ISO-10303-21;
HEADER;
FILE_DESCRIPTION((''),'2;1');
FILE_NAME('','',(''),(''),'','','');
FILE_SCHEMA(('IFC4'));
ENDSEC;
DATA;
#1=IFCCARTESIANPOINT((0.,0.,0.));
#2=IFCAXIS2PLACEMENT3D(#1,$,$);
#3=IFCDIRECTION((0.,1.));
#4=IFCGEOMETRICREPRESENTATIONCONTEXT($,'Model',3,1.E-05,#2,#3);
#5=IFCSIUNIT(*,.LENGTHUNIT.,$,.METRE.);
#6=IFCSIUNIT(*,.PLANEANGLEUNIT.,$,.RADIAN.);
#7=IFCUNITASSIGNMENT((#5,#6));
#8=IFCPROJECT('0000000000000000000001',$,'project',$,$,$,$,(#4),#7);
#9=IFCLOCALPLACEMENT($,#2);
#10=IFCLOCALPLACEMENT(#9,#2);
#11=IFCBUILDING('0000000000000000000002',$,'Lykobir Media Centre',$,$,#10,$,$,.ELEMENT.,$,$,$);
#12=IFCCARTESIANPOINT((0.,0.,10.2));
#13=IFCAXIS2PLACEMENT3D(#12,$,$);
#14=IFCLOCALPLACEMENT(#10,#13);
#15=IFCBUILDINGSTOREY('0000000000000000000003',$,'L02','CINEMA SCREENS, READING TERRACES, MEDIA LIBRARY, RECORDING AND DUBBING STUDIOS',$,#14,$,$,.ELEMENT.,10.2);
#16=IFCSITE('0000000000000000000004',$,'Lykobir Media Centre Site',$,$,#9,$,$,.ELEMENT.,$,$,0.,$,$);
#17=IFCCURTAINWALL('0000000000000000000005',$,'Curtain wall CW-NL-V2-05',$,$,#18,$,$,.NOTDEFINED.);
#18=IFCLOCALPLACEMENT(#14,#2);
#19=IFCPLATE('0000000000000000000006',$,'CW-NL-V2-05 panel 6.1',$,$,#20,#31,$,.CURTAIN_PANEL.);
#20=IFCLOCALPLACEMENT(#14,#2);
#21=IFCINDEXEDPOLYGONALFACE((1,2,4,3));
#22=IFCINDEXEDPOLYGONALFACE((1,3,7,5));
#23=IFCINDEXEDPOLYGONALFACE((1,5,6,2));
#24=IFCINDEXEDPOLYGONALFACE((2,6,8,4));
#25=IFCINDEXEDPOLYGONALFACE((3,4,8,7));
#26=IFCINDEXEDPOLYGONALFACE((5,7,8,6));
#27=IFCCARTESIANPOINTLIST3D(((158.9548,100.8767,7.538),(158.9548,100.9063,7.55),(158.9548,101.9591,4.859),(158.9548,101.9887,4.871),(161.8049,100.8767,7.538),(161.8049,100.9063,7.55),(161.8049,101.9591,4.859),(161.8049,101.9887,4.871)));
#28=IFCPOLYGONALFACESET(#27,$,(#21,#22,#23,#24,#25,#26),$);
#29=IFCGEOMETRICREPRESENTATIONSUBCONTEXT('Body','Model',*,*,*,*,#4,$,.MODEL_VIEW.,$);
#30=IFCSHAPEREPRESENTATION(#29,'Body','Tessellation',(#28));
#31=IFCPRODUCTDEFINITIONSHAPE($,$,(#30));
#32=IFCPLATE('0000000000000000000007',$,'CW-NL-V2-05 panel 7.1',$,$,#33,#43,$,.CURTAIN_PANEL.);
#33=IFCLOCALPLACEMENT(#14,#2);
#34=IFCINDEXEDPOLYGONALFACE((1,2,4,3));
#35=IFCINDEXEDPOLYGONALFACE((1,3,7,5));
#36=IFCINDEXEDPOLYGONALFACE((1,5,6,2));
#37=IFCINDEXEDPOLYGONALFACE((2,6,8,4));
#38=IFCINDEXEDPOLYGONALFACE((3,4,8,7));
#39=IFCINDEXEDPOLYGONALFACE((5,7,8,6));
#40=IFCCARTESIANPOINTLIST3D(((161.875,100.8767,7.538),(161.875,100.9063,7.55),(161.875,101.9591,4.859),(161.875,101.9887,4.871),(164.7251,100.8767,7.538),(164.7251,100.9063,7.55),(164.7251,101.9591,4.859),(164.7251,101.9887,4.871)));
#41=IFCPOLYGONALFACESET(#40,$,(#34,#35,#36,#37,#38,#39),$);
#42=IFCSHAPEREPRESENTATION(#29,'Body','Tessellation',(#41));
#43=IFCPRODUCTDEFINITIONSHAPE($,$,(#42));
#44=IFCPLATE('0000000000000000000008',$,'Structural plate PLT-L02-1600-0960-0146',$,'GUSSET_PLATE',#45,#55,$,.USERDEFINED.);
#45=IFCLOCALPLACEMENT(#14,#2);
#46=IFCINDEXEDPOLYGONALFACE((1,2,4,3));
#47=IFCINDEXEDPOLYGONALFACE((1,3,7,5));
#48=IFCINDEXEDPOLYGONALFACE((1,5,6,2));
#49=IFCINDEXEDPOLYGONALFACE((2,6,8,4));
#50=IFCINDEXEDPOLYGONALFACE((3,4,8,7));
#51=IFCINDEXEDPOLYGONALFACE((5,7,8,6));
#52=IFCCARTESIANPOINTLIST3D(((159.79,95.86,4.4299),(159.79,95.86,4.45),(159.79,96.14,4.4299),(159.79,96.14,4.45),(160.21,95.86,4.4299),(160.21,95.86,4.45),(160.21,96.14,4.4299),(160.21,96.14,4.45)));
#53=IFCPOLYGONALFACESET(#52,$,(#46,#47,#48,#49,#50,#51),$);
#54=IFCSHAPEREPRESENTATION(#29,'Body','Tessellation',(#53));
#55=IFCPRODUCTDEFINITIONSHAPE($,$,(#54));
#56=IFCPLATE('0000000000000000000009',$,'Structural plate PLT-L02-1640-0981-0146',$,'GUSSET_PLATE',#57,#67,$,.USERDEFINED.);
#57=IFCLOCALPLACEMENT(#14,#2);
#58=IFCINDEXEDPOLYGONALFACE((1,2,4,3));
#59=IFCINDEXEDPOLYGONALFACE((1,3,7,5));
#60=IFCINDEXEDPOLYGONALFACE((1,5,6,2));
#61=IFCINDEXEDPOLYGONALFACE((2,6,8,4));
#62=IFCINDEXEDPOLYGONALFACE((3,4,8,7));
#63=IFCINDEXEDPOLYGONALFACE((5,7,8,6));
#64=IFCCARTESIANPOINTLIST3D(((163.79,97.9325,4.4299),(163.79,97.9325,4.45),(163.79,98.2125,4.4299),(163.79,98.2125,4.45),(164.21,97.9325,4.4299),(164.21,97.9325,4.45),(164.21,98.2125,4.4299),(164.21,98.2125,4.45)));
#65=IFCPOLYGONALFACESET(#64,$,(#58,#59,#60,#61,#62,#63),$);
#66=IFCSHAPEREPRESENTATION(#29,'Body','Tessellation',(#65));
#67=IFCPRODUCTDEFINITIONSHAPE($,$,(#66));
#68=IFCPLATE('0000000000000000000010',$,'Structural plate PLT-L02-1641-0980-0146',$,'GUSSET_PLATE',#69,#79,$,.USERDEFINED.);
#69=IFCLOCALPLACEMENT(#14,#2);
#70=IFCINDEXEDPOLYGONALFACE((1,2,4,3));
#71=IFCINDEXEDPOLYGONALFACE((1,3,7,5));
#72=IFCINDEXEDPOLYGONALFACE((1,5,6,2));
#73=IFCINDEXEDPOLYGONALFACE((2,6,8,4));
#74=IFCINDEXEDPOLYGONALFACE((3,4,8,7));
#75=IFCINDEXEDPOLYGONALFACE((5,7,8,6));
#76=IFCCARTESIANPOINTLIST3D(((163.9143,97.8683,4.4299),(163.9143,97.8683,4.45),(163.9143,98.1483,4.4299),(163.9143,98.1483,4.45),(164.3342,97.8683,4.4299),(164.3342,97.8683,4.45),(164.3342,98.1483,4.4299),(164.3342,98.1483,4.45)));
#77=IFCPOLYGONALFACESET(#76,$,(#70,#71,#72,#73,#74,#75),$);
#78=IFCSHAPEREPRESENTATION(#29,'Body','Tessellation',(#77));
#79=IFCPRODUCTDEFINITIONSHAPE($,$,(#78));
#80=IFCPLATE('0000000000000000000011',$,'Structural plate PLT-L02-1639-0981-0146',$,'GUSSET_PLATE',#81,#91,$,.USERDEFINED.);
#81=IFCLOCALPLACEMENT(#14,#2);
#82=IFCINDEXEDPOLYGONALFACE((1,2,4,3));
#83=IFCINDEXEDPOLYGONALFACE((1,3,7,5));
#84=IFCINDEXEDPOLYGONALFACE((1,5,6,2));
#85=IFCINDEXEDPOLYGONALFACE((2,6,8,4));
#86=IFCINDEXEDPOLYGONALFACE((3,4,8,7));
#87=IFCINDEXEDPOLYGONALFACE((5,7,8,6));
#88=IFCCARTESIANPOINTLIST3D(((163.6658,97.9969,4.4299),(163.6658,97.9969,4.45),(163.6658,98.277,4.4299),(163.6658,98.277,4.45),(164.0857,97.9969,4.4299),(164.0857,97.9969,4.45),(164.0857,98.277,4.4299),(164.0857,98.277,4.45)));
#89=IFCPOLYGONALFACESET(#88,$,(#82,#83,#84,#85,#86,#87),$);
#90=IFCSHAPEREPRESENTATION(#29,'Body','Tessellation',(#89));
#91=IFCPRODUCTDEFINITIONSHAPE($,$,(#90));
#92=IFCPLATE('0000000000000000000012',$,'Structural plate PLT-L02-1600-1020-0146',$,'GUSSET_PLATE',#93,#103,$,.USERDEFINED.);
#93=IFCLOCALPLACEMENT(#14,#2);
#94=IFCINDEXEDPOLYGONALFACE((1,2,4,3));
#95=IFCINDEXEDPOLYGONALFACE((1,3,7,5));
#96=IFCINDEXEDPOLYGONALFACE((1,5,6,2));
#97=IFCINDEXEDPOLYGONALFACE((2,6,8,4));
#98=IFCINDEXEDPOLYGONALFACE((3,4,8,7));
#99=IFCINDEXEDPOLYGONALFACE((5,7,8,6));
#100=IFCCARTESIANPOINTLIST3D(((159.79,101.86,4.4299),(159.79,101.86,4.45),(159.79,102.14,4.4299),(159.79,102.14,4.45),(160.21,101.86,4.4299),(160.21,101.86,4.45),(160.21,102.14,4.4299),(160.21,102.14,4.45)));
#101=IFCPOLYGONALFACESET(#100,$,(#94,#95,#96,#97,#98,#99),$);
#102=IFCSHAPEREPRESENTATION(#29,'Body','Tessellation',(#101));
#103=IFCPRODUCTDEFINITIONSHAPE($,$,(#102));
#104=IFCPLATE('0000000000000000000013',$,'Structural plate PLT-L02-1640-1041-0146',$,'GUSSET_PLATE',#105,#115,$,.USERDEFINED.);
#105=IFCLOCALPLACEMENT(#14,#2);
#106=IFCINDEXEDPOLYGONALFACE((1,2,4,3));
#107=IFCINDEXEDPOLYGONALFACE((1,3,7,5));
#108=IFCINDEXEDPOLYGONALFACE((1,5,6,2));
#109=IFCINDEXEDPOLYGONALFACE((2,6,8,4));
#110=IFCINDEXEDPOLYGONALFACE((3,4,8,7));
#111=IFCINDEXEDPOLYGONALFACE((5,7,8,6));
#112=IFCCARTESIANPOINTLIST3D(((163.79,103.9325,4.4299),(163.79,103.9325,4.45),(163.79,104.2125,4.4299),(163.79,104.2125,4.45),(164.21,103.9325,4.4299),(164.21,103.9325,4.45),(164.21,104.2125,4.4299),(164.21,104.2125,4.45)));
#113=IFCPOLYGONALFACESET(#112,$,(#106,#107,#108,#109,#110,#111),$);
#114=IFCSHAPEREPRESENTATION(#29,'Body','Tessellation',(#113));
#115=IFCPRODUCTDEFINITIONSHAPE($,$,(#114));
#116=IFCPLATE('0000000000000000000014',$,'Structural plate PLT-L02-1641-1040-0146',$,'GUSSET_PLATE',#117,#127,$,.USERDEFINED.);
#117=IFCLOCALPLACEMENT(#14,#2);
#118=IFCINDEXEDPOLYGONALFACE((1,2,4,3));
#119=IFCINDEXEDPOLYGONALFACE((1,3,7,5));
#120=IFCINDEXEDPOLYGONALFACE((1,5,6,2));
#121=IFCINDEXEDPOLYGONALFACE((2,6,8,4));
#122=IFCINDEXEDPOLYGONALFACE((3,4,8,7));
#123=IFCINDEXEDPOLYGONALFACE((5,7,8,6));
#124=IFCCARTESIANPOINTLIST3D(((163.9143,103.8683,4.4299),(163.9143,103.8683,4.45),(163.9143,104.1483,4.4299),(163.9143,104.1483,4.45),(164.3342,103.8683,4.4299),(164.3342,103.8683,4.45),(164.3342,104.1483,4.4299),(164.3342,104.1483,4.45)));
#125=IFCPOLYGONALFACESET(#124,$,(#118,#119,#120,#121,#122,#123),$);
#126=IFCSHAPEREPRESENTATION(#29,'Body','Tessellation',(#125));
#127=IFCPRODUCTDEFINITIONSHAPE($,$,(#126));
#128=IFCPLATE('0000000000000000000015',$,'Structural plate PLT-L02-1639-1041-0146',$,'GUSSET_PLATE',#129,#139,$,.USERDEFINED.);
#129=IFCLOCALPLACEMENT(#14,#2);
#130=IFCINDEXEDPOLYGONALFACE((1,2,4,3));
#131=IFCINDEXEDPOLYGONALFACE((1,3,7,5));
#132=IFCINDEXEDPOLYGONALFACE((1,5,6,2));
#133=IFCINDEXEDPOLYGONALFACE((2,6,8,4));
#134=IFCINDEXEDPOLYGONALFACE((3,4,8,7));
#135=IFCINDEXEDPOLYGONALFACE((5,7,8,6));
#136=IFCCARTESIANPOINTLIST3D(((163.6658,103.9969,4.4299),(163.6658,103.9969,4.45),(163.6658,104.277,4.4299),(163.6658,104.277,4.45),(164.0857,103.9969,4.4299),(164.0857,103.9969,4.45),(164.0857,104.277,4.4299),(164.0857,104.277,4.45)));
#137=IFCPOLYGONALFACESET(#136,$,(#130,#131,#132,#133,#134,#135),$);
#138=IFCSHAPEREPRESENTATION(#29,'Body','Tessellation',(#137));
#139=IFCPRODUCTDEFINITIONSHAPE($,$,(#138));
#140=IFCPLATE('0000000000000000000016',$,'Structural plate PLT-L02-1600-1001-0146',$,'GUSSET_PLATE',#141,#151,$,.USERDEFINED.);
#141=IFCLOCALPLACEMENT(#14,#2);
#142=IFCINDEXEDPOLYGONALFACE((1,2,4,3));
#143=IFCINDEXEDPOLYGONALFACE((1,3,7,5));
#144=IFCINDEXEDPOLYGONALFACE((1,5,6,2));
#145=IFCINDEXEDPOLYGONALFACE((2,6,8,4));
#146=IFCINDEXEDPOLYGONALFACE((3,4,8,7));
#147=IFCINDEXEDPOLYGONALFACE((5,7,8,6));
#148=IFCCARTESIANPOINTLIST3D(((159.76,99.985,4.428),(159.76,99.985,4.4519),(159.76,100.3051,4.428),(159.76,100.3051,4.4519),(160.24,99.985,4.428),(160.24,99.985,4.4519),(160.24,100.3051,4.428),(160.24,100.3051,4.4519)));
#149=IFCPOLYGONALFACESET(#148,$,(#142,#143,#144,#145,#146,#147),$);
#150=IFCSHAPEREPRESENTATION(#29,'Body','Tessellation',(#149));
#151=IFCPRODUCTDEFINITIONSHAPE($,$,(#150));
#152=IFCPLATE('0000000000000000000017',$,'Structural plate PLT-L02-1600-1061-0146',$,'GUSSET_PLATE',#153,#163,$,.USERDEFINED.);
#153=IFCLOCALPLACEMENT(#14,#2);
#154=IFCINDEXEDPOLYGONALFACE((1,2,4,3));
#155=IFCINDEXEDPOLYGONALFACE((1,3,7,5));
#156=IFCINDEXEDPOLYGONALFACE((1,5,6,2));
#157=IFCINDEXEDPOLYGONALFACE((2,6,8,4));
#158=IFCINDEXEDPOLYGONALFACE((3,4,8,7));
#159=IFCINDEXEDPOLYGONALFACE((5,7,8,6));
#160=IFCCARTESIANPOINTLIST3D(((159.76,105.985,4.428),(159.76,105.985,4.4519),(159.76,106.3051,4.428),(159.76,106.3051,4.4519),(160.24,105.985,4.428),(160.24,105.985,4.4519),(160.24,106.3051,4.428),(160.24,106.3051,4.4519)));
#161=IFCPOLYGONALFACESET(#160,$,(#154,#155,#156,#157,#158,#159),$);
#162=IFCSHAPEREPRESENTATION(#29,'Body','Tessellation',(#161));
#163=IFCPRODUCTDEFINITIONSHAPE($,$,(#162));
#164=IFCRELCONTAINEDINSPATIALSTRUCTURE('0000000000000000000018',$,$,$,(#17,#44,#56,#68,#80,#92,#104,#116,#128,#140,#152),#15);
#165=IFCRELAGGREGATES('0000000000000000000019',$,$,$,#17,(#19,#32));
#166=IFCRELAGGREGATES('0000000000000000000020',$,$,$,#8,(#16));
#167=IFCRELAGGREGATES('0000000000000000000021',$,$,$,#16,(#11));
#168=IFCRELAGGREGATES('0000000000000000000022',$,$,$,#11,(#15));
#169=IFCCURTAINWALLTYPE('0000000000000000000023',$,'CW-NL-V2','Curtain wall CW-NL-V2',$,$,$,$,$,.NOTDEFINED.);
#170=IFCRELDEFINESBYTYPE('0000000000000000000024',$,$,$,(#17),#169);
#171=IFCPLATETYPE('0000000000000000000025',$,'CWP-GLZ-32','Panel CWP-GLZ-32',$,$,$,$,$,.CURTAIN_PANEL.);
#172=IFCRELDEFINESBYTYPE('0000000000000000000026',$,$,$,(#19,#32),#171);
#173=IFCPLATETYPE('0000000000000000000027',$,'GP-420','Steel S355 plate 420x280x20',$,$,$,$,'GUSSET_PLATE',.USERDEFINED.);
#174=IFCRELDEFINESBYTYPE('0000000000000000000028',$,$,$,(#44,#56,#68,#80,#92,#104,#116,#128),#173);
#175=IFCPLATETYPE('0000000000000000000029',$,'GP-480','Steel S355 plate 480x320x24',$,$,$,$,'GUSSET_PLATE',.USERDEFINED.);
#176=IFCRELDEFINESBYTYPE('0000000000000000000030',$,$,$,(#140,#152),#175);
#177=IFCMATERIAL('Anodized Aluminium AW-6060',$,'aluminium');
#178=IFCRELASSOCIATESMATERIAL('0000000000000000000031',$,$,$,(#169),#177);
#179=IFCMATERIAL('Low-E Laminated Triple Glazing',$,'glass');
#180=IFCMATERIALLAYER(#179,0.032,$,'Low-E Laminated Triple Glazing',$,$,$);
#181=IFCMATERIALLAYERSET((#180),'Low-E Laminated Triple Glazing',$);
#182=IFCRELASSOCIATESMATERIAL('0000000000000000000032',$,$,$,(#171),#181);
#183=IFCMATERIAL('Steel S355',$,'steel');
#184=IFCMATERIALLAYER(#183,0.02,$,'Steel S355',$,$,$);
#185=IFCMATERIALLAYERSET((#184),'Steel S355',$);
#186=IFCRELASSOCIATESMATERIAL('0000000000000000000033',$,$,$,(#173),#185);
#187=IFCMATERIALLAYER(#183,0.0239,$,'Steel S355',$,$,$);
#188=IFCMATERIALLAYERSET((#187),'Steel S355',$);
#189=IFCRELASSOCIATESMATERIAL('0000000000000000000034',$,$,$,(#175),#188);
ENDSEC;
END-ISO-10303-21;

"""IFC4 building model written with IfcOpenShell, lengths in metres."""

from ifc_helpers import new_model, si_unit, direction, frame, origin, origin_2d, place, context, subcontext, project, spatial, rectangle, extrude, material, layer, layer_set, type_object, element, aggregate, save


model = new_model("IFC4")

# Units and contexts
model_context = context("Model", 3, precision=1e-05, world=origin(), true_north=direction((0.0, 1.0)))
body_context = subcontext(model_context, "Body", "Model", "MODEL_VIEW")
ifc_project = project(units=[si_unit("LENGTHUNIT", "METRE"), si_unit("PLANEANGLEUNIT", "RADIAN")], contexts=[model_context])

# Site, building, storey
site_placement = place(None, origin())
site = spatial("IfcSite", under=ifc_project, at=site_placement, Name="Lykobir Media Centre Site", CompositionType="ELEMENT", RefElevation=0.0)
building_placement = place(site_placement, origin())
building = spatial("IfcBuilding", under=site, at=building_placement, Name="Lykobir Media Centre", CompositionType="ELEMENT")
storey_placement = place(building_placement, frame((0.0, 0.0, 10.2)))
storey = spatial("IfcBuildingStorey", under=building, at=storey_placement, Name="L02", Description="CINEMA SCREENS, READING TERRACES, MEDIA LIBRARY, RECORDING AND DUBBING STUDIOS", CompositionType="ELEMENT", Elevation=10.2)

# Shared definitions
ifc_material_1 = material(Name="Steel S355", Category="steel")

# Shared definitions
ifc_material_2 = material(Name="Anodized Aluminium AW-6060", Category="aluminium")
curtain_wall_type = type_object("IfcCurtainWallType", Name="CW-NL-V2", Description="Curtain wall CW-NL-V2", PredefinedType="NOTDEFINED", material=ifc_material_2)

# Curtain wall, plates
curtain_wall_1_placement = place(storey_placement, origin())
curtain_wall_1 = element("IfcCurtainWall", 1, at=curtain_wall_1_placement, inside=storey, type_object=curtain_wall_type, Name="Curtain wall CW-NL-V2-05", PredefinedType="NOTDEFINED")
ifc_material_3 = material(Name="Low-E Laminated Triple Glazing", Category="glass")
ifc_layer_1 = layer(ifc_material_3, 0.032, Name="Low-E Laminated Triple Glazing")
ifc_layer_set_1 = layer_set([ifc_layer_1], Name="Low-E Laminated Triple Glazing")
plate_type_1 = type_object("IfcPlateType", Name="CWP-GLZ-32", Description="Panel CWP-GLZ-32", PredefinedType="CURTAIN_PANEL", material=ifc_layer_set_1)
plate_1_placement = place(storey_placement, frame((160.3799, 101.9739, 4.865), z_axis=(0.0, -0.374607, 0.927184), x_axis=(1.0, 0.0, 0.0)))
plate_1 = element("IfcPlate", 2, at=plate_1_placement, type_object=plate_type_1, Name="CW-NL-V2-05 panel 6.1", PredefinedType="CURTAIN_PANEL", context=body_context, shape_type="SweptSolid", body=[
    extrude(rectangle(XDim=2.8501, YDim=0.032, at=origin_2d()), origin(), (0.0, 0.0, 1.0), 2.8894),
])
plate_2_placement = place(storey_placement, frame((163.3, 101.9739, 4.865), z_axis=(0.0, -0.374607, 0.927184), x_axis=(1.0, 0.0, 0.0)))
plate_2 = element("IfcPlate", 3, at=plate_2_placement, type_object=plate_type_1, Name="CW-NL-V2-05 panel 7.1", PredefinedType="CURTAIN_PANEL", context=body_context, shape_type="SweptSolid", body=[
    extrude(rectangle(XDim=2.8501, YDim=0.032, at=origin_2d()), origin(), (0.0, 0.0, 1.0), 2.8894),
])
aggregate(curtain_wall_1, [plate_1, plate_2])

# Plates
ifc_layer_2 = layer(ifc_material_1, 0.02, Name="Steel S355")
ifc_layer_set_2 = layer_set([ifc_layer_2], Name="Steel S355")
plate_type_2 = type_object("IfcPlateType", Name="GP-420", Description="Steel S355 plate 420x280x20", ElementType="GUSSET_PLATE", PredefinedType="USERDEFINED", material=ifc_layer_set_2)
for number, where, z_axis, x_axis, name in (
    (4, (160.0, 96.0, 4.4299), (0.0, 0.0, 1.0), (1.0, 0.0, 0.0), "Structural plate PLT-L02-1600-0960-0146"),
    (5, (164.0, 98.0725, 4.4299), (0.0, 0.0, 1.0), (1.0, 0.0, 0.0), "Structural plate PLT-L02-1640-0981-0146"),
    (6, (164.1243, 98.0083, 4.4299), (0.0, 0.0, 1.0), (1.0, 0.0, 0.0), "Structural plate PLT-L02-1641-0980-0146"),
    (7, (163.8757, 98.137, 4.4299), (0.0, 0.0, 1.0), (1.0, 0.0, 0.0), "Structural plate PLT-L02-1639-0981-0146"),
    (8, (160.0, 102.0, 4.4299), (0.0, 0.0, 1.0), (1.0, 0.0, 0.0), "Structural plate PLT-L02-1600-1020-0146"),
    (9, (164.0, 104.0725, 4.4299), (0.0, 0.0, 1.0), (1.0, 0.0, 0.0), "Structural plate PLT-L02-1640-1041-0146"),
    (10, (164.1243, 104.0083, 4.4299), (0.0, 0.0, 1.0), (1.0, 0.0, 0.0), "Structural plate PLT-L02-1641-1040-0146"),
    (11, (163.8757, 104.137, 4.4299), (0.0, 0.0, 1.0), (1.0, 0.0, 0.0), "Structural plate PLT-L02-1639-1041-0146"),
):
    element("IfcPlate", number, at=place(storey_placement, frame(where, z_axis=z_axis, x_axis=x_axis)), inside=storey, type_object=plate_type_2, Name=name, ObjectType="GUSSET_PLATE", PredefinedType="USERDEFINED", context=body_context, shape_type="SweptSolid", body=[
        extrude(rectangle(XDim=0.4199, YDim=0.28, at=origin_2d()), origin(), (0.0, 0.0, 1.0), 0.02),
    ])
ifc_layer_3 = layer(ifc_material_1, 0.0239, Name="Steel S355")
ifc_layer_set_3 = layer_set([ifc_layer_3], Name="Steel S355")
plate_type_3 = type_object("IfcPlateType", Name="GP-480", Description="Steel S355 plate 480x320x24", ElementType="GUSSET_PLATE", PredefinedType="USERDEFINED", material=ifc_layer_set_3)
for number, where, z_axis, x_axis, name in (
    (12, (160.0, 100.145, 4.428), (0.0, 0.0, 1.0), (1.0, 0.0, 0.0), "Structural plate PLT-L02-1600-1001-0146"),
    (13, (160.0, 106.145, 4.428), (0.0, 0.0, 1.0), (1.0, 0.0, 0.0), "Structural plate PLT-L02-1600-1061-0146"),
):
    element("IfcPlate", number, at=place(storey_placement, frame(where, z_axis=z_axis, x_axis=x_axis)), inside=storey, type_object=plate_type_3, Name=name, ObjectType="GUSSET_PLATE", PredefinedType="USERDEFINED", context=body_context, shape_type="SweptSolid", body=[
        extrude(rectangle(XDim=0.48, YDim=0.3201, at=origin_2d()), origin(), (0.0, 0.0, 1.0), 0.0239),
    ])

save(model, "model.ifc")
